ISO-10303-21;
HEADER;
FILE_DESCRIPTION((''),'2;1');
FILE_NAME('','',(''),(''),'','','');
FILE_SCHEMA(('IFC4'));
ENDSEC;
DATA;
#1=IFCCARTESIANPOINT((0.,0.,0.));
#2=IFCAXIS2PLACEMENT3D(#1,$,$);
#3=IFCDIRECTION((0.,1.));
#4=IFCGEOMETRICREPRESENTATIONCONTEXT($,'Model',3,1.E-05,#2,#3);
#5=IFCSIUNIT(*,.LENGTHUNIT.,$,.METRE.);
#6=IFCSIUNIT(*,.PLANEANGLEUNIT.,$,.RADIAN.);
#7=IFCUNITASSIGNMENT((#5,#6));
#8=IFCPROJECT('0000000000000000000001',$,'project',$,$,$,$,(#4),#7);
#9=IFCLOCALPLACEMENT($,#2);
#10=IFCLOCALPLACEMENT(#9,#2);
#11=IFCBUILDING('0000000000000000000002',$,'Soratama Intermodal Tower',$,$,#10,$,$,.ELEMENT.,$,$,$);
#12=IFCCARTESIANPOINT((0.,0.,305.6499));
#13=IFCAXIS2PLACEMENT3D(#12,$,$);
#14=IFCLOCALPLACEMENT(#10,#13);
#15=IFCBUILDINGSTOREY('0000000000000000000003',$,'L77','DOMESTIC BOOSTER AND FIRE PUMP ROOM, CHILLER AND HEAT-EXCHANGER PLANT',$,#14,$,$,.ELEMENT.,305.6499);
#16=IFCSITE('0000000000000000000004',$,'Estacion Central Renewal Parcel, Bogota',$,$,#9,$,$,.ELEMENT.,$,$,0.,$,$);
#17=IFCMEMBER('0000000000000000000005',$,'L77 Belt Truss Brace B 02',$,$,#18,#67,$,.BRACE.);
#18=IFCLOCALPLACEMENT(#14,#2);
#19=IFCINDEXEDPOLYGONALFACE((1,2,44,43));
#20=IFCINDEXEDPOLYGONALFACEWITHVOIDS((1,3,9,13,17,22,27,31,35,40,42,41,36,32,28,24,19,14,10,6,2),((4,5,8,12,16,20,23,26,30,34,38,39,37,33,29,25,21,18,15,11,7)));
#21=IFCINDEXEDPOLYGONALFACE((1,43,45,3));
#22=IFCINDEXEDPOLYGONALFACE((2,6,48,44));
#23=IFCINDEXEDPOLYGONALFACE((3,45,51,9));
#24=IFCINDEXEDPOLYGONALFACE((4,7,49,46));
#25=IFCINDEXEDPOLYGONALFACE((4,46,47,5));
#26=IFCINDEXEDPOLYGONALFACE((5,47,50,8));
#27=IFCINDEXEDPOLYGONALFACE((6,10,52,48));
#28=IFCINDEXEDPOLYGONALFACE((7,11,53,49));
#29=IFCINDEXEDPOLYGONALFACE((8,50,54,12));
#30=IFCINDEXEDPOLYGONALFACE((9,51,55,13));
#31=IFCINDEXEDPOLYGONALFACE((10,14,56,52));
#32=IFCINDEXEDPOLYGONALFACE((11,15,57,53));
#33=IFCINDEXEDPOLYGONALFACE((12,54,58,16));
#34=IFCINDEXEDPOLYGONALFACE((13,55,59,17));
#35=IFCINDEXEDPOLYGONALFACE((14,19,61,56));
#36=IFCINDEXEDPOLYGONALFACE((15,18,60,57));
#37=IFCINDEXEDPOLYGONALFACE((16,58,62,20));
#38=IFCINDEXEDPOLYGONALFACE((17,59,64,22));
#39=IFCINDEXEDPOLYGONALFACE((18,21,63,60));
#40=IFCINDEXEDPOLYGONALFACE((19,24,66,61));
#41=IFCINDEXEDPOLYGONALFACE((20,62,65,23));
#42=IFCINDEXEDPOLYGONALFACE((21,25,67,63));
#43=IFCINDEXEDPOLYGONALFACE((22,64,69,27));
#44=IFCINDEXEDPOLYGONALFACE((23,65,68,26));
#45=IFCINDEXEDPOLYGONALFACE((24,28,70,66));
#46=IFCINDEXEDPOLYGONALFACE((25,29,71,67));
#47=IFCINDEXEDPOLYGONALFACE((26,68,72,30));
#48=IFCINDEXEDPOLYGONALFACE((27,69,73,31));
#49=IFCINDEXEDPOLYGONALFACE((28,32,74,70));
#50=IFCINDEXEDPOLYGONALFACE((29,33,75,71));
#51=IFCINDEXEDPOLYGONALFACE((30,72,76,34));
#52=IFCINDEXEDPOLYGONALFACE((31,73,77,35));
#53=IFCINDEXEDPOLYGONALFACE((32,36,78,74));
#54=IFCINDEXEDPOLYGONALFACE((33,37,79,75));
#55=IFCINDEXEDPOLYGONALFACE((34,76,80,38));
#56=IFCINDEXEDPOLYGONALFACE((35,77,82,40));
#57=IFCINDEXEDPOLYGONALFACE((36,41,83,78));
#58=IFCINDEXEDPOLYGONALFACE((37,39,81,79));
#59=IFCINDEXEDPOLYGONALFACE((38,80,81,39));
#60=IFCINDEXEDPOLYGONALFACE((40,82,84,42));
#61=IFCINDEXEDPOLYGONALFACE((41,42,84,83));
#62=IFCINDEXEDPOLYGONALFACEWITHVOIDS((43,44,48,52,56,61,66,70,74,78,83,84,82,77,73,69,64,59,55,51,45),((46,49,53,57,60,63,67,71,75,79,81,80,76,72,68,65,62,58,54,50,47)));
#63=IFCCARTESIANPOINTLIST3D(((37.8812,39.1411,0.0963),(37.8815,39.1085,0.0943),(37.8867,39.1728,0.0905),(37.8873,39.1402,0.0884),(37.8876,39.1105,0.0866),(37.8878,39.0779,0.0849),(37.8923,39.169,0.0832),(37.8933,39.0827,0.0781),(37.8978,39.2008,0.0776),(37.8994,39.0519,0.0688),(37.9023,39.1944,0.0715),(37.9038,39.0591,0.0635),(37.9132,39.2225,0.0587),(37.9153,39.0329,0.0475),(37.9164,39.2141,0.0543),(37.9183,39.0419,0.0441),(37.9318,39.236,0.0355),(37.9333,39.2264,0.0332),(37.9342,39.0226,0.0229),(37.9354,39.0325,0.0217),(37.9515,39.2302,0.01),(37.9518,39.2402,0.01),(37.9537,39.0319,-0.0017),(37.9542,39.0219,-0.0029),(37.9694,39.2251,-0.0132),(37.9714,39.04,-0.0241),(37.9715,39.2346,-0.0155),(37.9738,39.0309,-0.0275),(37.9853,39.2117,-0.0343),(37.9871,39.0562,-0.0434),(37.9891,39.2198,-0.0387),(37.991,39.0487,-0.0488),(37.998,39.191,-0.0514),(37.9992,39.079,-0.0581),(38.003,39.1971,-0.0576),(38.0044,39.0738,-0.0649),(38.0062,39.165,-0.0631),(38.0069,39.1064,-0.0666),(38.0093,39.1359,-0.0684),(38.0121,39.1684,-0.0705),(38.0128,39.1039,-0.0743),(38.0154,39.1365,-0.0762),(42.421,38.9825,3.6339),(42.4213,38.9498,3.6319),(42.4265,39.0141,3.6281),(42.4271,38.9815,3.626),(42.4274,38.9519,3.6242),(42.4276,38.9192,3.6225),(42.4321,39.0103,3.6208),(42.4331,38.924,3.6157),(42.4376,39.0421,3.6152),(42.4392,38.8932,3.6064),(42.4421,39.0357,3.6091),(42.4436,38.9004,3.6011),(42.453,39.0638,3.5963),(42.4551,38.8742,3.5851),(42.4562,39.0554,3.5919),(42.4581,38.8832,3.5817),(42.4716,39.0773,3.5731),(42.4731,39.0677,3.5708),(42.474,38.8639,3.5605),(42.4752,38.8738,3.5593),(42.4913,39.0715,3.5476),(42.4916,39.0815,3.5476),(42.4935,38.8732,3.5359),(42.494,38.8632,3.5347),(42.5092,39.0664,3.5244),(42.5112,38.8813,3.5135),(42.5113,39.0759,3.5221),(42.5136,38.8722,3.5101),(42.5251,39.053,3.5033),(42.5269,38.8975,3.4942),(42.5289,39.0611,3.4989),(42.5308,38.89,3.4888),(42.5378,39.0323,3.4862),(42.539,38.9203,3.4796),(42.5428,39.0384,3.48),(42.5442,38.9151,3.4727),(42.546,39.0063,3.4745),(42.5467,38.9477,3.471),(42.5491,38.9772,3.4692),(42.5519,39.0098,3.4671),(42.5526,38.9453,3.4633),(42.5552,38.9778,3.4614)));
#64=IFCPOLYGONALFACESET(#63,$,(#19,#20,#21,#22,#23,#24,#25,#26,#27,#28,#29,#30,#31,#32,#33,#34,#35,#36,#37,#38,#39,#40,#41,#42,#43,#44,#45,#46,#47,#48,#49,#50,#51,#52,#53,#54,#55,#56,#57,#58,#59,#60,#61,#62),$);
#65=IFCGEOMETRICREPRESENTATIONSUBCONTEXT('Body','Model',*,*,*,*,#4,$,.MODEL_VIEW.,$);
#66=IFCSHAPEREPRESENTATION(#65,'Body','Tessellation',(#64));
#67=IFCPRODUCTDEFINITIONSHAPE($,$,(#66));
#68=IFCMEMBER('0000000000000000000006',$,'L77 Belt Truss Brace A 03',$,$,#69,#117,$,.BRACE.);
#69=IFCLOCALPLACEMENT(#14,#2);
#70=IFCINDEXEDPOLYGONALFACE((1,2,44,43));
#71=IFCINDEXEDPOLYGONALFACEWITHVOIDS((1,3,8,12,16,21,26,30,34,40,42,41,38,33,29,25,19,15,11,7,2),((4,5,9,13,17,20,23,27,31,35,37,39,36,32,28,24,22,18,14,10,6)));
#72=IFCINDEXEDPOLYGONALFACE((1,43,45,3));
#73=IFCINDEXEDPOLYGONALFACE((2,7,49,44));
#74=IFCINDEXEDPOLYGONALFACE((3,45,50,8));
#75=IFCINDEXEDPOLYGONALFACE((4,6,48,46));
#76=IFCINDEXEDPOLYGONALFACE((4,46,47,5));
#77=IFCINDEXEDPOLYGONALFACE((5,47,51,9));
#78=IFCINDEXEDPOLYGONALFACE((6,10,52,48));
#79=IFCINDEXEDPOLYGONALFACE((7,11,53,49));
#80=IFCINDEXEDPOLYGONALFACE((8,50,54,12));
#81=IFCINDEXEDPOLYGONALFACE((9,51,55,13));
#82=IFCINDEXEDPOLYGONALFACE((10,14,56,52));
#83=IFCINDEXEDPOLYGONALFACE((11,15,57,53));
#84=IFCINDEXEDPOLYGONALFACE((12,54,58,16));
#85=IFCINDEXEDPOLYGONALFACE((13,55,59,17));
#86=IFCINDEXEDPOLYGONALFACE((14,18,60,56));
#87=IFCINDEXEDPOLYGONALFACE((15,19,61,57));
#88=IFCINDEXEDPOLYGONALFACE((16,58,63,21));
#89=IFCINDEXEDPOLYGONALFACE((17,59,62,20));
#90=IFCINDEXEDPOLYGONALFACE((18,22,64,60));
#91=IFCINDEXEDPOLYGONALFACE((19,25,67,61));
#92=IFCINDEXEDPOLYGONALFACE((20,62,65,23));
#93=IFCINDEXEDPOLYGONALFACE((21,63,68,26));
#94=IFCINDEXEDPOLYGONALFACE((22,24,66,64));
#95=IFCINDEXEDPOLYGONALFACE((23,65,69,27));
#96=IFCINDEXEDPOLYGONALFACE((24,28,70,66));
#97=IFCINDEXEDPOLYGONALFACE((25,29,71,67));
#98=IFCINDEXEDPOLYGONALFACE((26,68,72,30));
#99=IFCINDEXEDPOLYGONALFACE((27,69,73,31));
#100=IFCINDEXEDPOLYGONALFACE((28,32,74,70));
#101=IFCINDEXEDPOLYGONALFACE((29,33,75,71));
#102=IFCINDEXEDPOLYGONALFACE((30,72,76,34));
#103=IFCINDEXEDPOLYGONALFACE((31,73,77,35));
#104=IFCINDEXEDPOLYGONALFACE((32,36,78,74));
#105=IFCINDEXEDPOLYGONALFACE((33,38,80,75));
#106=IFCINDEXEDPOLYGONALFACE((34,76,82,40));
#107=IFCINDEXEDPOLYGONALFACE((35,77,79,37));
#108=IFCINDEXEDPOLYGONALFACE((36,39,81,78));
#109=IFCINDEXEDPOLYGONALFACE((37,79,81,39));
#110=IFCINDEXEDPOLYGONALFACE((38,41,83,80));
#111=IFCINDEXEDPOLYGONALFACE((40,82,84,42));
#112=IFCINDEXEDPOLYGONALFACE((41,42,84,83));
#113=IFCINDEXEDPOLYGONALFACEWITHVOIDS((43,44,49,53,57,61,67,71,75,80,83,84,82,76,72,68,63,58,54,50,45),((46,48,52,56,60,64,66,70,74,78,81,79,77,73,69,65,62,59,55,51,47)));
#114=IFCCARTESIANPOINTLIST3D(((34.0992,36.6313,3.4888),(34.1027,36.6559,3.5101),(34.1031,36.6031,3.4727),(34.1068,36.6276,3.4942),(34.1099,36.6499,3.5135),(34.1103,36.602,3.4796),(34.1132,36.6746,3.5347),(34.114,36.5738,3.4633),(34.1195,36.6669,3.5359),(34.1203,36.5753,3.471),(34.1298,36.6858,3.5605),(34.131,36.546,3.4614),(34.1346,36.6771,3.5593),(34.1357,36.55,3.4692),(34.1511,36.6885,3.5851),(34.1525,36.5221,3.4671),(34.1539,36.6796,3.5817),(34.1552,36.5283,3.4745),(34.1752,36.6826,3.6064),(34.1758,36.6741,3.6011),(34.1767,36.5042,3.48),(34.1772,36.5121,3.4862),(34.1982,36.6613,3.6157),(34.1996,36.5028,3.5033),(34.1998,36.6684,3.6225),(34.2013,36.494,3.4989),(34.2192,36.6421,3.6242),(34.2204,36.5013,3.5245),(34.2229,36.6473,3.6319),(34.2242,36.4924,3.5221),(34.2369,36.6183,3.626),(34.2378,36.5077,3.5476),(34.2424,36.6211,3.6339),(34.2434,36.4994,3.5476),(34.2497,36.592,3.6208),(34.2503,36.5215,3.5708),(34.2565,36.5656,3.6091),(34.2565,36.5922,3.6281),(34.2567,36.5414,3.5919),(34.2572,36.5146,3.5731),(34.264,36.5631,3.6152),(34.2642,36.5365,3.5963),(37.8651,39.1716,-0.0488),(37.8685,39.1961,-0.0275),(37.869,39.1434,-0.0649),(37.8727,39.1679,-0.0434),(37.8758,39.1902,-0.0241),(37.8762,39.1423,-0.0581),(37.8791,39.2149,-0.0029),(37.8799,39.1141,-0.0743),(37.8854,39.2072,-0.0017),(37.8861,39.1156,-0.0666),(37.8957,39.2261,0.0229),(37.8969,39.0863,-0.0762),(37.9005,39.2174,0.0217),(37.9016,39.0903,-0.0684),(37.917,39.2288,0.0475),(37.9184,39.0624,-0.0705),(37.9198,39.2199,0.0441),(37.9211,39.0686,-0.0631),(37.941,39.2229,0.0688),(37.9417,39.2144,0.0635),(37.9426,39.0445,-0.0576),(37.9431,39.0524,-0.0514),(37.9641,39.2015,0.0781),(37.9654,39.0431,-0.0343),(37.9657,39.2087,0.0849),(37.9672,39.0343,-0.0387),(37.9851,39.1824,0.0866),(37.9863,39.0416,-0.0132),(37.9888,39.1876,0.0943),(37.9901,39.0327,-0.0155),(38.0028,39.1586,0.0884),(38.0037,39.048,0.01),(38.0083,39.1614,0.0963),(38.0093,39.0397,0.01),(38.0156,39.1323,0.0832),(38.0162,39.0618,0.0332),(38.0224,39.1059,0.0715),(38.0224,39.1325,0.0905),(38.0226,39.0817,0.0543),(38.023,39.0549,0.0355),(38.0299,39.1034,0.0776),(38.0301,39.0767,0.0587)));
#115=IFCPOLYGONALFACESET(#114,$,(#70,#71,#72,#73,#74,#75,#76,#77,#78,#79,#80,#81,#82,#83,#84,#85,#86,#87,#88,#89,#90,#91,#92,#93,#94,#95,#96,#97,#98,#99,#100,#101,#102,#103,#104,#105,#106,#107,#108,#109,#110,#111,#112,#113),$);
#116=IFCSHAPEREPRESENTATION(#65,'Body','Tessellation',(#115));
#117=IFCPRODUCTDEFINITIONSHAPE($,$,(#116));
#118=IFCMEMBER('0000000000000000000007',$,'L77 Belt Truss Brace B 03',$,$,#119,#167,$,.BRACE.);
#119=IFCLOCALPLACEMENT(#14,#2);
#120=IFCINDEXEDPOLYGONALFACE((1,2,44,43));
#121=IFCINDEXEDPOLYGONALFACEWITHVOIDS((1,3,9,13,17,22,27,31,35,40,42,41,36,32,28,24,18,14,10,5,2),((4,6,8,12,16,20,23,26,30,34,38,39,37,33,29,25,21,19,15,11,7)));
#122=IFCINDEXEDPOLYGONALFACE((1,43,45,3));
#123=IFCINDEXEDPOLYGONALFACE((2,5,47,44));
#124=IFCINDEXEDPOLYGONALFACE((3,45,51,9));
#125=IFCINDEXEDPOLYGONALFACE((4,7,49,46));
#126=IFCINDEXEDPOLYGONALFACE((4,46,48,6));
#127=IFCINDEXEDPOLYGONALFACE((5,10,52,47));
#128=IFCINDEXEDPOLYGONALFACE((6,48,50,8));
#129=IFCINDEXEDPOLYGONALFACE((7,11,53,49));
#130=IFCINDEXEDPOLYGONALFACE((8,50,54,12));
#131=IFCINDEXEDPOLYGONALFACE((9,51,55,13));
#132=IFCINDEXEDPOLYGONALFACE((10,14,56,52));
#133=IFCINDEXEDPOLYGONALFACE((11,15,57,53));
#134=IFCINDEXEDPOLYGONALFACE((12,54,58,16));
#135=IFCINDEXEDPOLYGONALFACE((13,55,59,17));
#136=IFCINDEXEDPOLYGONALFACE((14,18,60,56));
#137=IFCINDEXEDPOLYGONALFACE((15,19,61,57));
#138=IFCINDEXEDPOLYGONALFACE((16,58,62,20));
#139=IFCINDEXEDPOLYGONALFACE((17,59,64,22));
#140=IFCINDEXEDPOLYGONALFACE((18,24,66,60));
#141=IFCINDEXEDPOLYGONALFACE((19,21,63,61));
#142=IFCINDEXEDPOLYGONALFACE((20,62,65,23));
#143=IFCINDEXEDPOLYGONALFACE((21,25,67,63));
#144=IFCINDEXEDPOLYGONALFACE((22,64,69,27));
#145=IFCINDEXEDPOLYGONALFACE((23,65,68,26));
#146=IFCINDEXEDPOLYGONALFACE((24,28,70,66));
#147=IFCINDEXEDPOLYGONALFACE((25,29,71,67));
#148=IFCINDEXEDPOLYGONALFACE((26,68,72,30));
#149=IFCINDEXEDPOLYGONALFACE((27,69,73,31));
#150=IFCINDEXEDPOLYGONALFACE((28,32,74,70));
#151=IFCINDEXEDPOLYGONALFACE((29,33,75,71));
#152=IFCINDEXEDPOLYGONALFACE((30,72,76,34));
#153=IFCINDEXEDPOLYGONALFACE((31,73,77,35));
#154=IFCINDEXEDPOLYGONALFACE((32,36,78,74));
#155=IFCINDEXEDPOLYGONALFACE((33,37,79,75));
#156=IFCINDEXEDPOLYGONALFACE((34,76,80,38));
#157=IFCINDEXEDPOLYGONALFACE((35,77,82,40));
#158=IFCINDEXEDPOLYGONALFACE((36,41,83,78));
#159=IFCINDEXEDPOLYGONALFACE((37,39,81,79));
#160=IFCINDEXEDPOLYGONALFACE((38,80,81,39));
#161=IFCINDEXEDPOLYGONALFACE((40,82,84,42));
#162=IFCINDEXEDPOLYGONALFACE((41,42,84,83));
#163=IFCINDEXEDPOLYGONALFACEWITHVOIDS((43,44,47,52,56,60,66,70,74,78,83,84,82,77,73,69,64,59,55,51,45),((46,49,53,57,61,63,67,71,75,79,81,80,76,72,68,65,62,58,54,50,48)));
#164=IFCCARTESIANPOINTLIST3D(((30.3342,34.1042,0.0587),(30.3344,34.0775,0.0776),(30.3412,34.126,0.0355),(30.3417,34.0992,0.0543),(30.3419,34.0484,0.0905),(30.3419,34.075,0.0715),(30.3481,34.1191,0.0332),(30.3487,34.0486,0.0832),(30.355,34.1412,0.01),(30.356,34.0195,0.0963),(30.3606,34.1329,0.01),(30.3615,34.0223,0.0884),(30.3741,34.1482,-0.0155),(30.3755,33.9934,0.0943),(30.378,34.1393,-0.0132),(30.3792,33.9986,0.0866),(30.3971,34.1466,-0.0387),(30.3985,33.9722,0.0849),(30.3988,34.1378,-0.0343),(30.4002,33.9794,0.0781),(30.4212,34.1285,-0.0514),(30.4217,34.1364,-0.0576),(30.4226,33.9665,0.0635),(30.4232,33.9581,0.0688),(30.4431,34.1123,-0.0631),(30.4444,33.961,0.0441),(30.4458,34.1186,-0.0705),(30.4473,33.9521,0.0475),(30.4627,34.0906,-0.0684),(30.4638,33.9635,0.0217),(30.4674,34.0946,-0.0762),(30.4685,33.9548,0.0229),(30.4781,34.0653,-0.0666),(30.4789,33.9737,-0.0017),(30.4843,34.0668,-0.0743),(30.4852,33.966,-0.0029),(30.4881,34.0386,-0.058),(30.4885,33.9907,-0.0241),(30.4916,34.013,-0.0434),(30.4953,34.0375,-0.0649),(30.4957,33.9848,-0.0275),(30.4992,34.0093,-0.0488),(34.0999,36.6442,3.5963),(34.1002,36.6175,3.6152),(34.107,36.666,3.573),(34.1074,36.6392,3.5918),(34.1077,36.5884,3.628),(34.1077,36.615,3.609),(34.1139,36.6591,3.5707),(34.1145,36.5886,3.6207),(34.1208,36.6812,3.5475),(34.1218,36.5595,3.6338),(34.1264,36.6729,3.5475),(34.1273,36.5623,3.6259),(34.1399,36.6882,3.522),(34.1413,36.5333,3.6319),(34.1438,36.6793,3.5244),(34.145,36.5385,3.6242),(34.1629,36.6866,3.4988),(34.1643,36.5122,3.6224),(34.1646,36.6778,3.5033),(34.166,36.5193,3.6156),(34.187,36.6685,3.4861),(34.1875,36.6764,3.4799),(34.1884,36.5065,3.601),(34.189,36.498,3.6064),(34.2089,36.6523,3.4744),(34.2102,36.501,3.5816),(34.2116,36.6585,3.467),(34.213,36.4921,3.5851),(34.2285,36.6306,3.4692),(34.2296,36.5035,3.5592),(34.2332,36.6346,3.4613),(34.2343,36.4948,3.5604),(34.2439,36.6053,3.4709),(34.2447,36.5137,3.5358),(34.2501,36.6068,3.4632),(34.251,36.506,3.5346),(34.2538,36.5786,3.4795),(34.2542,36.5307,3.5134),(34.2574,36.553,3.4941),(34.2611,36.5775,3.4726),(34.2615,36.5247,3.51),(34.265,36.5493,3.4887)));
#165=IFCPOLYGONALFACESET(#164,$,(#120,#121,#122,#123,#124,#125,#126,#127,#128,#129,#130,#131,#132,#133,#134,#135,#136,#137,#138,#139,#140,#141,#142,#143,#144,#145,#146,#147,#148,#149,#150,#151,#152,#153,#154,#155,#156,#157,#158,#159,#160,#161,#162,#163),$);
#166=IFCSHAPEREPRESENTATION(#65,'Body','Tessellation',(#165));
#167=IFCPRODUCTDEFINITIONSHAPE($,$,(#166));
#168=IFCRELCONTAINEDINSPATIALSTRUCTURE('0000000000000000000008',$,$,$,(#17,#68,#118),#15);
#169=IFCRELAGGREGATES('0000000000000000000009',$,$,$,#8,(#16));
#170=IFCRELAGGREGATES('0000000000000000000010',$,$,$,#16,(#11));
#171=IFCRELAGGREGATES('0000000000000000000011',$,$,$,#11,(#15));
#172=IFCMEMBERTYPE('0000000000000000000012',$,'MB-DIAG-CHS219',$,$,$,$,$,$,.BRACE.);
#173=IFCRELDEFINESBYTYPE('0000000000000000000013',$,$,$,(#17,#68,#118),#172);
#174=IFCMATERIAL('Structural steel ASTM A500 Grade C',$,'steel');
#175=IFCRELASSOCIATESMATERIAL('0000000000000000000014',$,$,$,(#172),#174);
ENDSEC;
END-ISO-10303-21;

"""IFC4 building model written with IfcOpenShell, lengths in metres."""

from ifc_helpers import new_model, si_unit, direction, frame, origin, origin_2d, place, context, subcontext, project, spatial, hollow_circle, extrude, material, material_profile, profile_set, type_object, element, save


model = new_model("IFC4")

# Units and contexts
model_context = context("Model", 3, precision=1e-05, world=origin(), true_north=direction((0.0, 1.0)))
body_context = subcontext(model_context, "Body", "Model", "MODEL_VIEW")
ifc_project = project(units=[si_unit("LENGTHUNIT", "METRE"), si_unit("PLANEANGLEUNIT", "RADIAN")], contexts=[model_context])

# Site, building, storey
site_placement = place(None, origin())
site = spatial("IfcSite", under=ifc_project, at=site_placement, Name="Estacion Central Renewal Parcel, Bogota", CompositionType="ELEMENT", RefElevation=0.0)
building_placement = place(site_placement, origin())
building = spatial("IfcBuilding", under=site, at=building_placement, Name="Soratama Intermodal Tower", CompositionType="ELEMENT")
storey_placement = place(building_placement, frame((0.0, 0.0, 305.6499)))
storey = spatial("IfcBuildingStorey", under=building, at=storey_placement, Name="L77", Description="DOMESTIC BOOSTER AND FIRE PUMP ROOM, CHILLER AND HEAT-EXCHANGER PLANT", CompositionType="ELEMENT", Elevation=305.6499)

# Members
ifc_material_1 = material(Name="Structural steel ASTM A500 Grade C", Category="steel")
ifc_material_profile_1 = material_profile(ifc_material_1, hollow_circle(Radius=0.1096, WallThickness=0.01, at=origin_2d()), Name="CHS219X10")
ifc_profile_set_1 = profile_set([ifc_material_profile_1], Name="Structural steel ASTM A500 Grade C")
member_type_1 = type_object("IfcMemberType", Name="MB-DIAG-CHS219", PredefinedType="BRACE", material=ifc_profile_set_1)
for number, where, z_axis, x_axis, name in (
    (1, (37.948, 39.1306, 0.01), (0.788493, -0.027562, 0.614426), (0.034934, 0.99939, 0.0), "L77 Belt Truss Brace B 02"),
    (2, (37.948, 39.1306, 0.01), (-0.654075, -0.441209, 0.614427), (0.559219, -0.82902, 0.0), "L77 Belt Truss Brace A 03"),
):
    element("IfcMember", number, at=place(storey_placement, frame(where, z_axis=z_axis, x_axis=x_axis)), inside=storey, type_object=member_type_1, Name=name, PredefinedType="BRACE", context=body_context, shape_type="SweptSolid", body=[
        extrude(hollow_circle(Radius=0.1096, WallThickness=0.01, at=origin_2d()), origin(), (0.0, 0.0, 1.0), 5.7576),
    ])
member_1_placement = place(storey_placement, frame((30.4163, 34.0503, 0.01), z_axis=(0.654087, 0.441175, 0.614439), x_axis=(-0.559182, 0.829045, 0.0)))
element("IfcMember", 3, at=member_1_placement, inside=storey, type_object=member_type_1, Name="L77 Belt Truss Brace B 03", PredefinedType="BRACE", context=body_context, shape_type="SweptSolid", body=[
    extrude(hollow_circle(Radius=0.1096, WallThickness=0.01, at=origin_2d()), origin(), (0.0, 0.0, 1.0), 5.7573),
])

save(model, "model.ifc")
